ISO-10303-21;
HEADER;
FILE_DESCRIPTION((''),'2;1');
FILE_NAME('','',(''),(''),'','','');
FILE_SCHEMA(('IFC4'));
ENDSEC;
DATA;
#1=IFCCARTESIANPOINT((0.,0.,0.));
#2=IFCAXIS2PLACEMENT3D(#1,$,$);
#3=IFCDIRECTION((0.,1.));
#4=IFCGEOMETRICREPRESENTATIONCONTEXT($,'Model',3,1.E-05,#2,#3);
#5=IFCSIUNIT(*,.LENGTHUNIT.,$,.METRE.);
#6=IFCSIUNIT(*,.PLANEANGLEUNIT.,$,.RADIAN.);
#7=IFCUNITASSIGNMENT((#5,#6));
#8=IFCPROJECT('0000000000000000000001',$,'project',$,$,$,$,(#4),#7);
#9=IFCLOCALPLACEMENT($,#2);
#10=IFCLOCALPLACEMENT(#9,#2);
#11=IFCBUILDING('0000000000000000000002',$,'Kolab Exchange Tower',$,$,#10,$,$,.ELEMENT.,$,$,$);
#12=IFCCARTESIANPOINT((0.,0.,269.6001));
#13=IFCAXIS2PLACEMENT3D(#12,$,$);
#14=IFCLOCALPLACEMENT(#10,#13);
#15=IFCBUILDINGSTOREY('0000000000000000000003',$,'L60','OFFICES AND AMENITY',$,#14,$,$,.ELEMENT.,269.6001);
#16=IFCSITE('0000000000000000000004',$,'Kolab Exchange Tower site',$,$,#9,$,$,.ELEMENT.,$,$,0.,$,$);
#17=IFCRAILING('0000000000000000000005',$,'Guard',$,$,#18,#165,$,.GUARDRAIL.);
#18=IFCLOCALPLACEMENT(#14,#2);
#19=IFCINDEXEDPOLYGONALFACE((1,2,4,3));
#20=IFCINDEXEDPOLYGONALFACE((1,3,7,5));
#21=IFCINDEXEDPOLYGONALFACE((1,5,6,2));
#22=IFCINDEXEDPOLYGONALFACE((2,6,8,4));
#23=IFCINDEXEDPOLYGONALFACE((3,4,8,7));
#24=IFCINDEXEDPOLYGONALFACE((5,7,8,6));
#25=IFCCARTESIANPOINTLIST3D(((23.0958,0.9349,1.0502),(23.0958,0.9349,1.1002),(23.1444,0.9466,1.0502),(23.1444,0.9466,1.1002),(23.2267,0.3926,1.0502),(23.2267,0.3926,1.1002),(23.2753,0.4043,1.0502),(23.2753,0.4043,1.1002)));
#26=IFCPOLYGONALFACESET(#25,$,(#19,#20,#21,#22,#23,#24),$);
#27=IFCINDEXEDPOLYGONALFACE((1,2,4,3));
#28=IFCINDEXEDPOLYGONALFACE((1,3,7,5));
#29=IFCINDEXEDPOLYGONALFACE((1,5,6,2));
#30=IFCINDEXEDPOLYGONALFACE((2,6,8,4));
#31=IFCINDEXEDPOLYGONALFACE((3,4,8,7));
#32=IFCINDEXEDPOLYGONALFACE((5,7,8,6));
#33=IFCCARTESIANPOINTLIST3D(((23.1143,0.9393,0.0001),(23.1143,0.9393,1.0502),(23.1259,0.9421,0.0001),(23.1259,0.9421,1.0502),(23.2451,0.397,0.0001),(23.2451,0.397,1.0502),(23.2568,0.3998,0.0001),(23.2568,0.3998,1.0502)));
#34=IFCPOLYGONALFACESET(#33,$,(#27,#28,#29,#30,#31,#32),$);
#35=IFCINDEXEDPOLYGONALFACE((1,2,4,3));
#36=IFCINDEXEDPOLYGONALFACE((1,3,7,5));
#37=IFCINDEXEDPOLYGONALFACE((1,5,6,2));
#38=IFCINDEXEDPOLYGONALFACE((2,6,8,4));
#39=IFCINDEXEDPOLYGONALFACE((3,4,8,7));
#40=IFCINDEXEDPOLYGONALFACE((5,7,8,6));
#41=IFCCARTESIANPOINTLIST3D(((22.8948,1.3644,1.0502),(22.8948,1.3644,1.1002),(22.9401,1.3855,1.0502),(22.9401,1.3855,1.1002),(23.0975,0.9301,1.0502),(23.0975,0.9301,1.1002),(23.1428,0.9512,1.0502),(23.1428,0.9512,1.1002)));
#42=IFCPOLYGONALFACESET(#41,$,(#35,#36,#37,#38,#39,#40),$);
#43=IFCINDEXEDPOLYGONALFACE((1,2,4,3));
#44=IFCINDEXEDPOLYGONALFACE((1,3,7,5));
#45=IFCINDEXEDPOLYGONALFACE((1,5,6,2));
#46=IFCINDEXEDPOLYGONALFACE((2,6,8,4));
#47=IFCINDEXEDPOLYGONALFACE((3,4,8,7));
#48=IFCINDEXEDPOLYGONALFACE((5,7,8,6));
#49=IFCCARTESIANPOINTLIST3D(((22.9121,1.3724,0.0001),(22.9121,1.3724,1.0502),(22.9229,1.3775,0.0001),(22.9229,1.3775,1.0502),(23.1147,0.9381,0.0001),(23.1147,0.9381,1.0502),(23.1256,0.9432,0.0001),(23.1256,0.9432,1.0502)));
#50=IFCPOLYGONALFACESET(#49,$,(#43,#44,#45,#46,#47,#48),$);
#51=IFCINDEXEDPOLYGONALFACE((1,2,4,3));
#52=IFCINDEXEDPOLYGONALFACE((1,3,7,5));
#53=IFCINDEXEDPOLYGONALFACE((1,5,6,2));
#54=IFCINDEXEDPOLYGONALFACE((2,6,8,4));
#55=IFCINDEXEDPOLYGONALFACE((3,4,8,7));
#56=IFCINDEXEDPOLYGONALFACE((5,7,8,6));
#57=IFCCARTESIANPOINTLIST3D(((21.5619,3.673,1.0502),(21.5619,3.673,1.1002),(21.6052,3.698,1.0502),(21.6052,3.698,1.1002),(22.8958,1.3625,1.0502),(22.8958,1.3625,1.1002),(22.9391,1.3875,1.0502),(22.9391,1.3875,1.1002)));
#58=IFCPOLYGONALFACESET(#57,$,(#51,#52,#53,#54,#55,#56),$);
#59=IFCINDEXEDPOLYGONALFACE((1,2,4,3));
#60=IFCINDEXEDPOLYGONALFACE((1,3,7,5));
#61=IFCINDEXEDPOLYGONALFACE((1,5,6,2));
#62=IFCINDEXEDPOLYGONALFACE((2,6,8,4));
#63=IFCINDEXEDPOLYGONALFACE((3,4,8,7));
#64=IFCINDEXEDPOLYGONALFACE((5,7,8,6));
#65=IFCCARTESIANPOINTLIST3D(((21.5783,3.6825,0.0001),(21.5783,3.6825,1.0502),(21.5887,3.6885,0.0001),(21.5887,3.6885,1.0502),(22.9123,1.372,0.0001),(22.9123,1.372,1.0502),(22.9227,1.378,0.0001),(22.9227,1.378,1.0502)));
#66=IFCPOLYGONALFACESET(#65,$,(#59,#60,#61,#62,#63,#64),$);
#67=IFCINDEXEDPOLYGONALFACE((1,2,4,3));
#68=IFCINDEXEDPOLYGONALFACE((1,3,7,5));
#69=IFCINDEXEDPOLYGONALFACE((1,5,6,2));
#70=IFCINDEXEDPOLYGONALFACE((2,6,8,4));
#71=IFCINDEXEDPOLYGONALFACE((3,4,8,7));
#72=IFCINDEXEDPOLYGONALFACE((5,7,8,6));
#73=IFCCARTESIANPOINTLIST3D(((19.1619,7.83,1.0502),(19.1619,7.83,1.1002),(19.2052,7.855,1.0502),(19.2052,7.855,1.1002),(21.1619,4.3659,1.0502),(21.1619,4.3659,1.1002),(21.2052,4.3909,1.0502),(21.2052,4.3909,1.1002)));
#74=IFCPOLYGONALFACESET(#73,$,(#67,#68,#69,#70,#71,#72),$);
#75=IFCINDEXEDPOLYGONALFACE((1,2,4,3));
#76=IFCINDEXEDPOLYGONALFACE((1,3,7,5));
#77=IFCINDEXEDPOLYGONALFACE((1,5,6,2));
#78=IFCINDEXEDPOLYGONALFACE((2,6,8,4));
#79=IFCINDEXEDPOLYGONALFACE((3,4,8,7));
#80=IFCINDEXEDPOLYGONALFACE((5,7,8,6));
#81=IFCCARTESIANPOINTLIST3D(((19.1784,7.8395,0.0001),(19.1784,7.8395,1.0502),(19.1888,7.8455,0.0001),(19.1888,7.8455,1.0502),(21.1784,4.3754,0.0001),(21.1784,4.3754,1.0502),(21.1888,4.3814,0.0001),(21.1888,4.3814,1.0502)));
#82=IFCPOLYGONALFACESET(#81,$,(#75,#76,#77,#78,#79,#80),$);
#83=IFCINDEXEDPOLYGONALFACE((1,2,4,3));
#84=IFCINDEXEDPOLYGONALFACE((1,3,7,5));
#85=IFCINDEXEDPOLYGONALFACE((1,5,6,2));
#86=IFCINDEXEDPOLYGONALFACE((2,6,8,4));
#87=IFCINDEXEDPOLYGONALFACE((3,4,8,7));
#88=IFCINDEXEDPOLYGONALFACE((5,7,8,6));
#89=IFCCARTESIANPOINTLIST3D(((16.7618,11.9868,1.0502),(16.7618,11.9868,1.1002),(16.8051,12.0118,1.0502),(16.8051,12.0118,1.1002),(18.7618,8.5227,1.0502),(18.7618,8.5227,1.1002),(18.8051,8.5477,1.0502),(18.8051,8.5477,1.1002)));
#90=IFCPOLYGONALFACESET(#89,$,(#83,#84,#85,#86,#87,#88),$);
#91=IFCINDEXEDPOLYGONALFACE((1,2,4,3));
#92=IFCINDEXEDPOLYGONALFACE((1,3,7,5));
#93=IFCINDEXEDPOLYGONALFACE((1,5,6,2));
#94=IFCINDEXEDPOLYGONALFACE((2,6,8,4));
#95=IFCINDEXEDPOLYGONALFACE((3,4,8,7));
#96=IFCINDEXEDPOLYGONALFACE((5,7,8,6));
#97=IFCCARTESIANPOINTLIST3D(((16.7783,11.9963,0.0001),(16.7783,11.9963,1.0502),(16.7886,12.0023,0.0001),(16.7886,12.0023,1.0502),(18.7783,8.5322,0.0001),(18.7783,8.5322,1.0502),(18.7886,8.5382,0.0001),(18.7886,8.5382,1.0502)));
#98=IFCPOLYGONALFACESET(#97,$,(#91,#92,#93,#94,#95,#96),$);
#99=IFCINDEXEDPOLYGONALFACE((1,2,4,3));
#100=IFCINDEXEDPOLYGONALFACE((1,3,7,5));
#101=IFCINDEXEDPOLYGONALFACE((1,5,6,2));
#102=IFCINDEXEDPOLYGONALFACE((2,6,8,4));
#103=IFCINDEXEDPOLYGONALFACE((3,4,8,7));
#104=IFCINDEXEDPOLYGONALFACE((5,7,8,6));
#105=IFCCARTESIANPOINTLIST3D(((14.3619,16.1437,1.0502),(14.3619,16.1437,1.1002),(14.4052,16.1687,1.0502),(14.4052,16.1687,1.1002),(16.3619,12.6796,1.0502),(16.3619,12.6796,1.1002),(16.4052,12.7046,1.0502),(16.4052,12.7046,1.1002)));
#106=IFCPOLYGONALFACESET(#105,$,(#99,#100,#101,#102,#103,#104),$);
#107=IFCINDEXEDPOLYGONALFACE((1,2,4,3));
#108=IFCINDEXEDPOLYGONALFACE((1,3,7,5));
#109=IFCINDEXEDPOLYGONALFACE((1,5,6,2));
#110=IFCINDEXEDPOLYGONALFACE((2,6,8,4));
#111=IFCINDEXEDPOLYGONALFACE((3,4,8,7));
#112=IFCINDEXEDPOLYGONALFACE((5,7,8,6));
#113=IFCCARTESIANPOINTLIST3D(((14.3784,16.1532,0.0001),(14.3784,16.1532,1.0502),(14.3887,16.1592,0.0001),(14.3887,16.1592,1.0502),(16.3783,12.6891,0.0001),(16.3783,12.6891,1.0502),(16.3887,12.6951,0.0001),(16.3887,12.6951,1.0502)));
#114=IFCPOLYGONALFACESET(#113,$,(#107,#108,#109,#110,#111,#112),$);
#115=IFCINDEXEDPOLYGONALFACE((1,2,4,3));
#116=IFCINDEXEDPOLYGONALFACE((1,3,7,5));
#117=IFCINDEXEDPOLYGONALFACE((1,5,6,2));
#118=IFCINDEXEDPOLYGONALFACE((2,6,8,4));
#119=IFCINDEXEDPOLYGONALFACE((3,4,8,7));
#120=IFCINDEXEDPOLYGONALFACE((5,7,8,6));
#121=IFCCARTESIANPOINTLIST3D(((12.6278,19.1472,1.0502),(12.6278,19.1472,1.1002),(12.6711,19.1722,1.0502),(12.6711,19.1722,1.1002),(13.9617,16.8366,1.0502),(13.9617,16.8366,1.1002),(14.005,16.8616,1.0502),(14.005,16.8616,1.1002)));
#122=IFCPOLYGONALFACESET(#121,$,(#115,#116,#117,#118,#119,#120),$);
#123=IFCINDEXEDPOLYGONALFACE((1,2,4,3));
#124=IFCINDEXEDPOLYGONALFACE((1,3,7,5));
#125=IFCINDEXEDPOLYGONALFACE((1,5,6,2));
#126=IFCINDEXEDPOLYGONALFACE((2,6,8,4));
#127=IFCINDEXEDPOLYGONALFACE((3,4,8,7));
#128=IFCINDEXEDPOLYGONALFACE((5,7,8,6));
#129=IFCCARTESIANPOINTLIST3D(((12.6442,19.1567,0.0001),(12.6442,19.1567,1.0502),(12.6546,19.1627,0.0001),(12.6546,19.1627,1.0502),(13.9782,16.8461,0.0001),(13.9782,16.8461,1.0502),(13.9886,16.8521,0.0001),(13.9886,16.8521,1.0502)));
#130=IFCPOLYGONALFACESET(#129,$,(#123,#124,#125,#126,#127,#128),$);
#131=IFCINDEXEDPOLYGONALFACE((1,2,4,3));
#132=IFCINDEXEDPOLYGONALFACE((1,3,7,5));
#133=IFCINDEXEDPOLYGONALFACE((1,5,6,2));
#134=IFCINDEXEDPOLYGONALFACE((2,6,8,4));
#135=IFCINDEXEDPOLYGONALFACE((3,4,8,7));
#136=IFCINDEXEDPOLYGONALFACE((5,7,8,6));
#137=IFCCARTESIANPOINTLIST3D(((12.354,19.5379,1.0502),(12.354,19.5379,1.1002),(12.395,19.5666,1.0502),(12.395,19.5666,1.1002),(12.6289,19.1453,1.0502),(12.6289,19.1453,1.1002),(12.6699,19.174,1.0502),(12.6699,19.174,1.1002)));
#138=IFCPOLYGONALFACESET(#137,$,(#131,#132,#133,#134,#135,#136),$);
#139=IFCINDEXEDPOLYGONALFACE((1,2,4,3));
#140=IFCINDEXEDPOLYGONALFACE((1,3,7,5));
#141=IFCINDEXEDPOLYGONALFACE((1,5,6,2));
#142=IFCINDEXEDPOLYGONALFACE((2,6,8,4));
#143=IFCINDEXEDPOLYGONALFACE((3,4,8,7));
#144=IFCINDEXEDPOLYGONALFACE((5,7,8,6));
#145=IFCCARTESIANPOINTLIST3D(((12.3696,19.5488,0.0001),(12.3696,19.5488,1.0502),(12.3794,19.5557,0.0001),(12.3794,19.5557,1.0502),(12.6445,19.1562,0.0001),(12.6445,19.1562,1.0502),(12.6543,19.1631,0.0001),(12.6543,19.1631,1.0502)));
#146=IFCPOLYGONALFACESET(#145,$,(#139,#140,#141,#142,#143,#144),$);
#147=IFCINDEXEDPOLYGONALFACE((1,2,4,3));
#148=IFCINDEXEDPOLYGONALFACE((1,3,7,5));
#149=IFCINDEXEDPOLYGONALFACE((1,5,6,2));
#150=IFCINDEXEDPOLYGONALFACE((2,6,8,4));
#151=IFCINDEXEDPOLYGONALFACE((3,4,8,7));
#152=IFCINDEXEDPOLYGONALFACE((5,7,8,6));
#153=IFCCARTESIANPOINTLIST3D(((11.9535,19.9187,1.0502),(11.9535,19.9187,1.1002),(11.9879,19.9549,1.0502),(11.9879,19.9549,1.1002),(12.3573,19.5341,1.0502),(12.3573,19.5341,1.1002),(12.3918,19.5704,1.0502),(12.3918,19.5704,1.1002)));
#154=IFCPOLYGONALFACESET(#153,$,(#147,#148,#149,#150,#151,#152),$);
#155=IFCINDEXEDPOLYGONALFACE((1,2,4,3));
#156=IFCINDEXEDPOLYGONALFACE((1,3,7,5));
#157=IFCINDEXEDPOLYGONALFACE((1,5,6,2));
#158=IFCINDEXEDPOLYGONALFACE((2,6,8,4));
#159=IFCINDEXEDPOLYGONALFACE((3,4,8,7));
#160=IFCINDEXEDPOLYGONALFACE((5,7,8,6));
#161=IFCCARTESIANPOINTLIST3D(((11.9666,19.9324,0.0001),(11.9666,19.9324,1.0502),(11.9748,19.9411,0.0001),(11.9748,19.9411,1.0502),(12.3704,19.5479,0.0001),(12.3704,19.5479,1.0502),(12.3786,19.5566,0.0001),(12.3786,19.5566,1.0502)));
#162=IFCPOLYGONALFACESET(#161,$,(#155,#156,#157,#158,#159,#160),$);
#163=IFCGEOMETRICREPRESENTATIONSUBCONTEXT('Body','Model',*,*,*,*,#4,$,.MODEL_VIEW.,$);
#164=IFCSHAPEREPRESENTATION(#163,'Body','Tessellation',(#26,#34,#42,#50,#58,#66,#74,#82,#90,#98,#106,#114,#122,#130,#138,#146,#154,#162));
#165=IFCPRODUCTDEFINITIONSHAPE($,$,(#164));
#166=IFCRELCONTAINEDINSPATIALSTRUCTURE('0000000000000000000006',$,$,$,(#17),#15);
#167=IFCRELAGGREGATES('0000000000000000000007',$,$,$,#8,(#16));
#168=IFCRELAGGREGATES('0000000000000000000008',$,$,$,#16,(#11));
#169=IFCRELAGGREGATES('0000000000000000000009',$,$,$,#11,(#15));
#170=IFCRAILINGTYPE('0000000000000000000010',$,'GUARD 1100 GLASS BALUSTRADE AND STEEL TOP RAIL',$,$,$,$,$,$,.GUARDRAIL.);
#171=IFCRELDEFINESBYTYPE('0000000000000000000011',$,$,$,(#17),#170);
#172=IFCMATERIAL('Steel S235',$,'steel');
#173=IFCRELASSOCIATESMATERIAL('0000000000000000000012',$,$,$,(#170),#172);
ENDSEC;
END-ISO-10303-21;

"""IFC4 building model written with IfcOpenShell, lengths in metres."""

from ifc_helpers import new_model, si_unit, direction, frame, frame_2d, origin, origin_2d, place, context, subcontext, project, spatial, rectangle, extrude, material, type_object, element, save


model = new_model("IFC4")

# Units and contexts
model_context = context("Model", 3, precision=1e-05, world=origin(), true_north=direction((0.0, 1.0)))
body_context = subcontext(model_context, "Body", "Model", "MODEL_VIEW")
ifc_project = project(units=[si_unit("LENGTHUNIT", "METRE"), si_unit("PLANEANGLEUNIT", "RADIAN")], contexts=[model_context])

# Site, building, storey
site_placement = place(None, origin())
site = spatial("IfcSite", under=ifc_project, at=site_placement, Name="Kolab Exchange Tower site", CompositionType="ELEMENT", RefElevation=0.0)
building_placement = place(site_placement, origin())
building = spatial("IfcBuilding", under=site, at=building_placement, Name="Kolab Exchange Tower", CompositionType="ELEMENT")
storey_placement = place(building_placement, frame((0.0, 0.0, 269.6001)))
storey = spatial("IfcBuildingStorey", under=building, at=storey_placement, Name="L60", Description="OFFICES AND AMENITY", CompositionType="ELEMENT", Elevation=269.6001)

# Railing
ifc_material_1 = material(Name="Steel S235", Category="steel")
railing_type = type_object("IfcRailingType", Name="GUARD 1100 GLASS BALUSTRADE AND STEEL TOP RAIL", PredefinedType="GUARDRAIL", material=ifc_material_1)
railing_placement = place(storey_placement, frame((23.251, 0.3984, 0.0)))
element("IfcRailing", 1, at=railing_placement, inside=storey, type_object=railing_type, Name="Guard", PredefinedType="GUARDRAIL", context=body_context, shape_type="SweptSolid", body=[
    extrude(rectangle(XDim=0.05, YDim=0.05, at=origin_2d()), frame((0.0, 0.0, 1.0752), z_axis=(-0.234598, 0.972093, 0.0), x_axis=(-0.972093, -0.234598, 0.0)), (0.0, 0.0, 1.0), 0.5579),
    extrude(rectangle(XDim=0.012, YDim=1.0501, at=frame_2d((0.0, 0.5251))), frame((0.0, 0.0, 0.0), z_axis=(-0.234598, 0.972093, 0.0), x_axis=(-0.972093, -0.234598, 0.0)), (0.0, 0.0, 1.0), 0.5579),
    extrude(rectangle(XDim=0.05, YDim=0.05, at=origin_2d()), frame((-0.1309, 0.5422, 1.0752), z_axis=(-0.422802, 0.906222, 0.0), x_axis=(-0.906222, -0.422802, 0.0)), (0.0, 0.0, 1.0), 0.4792),
    extrude(rectangle(XDim=0.012, YDim=1.0501, at=frame_2d((0.0, 0.5251))), frame((-0.1309, 0.5422, 0.0), z_axis=(-0.422802, 0.906222, 0.0), x_axis=(-0.906222, -0.422802, 0.0)), (0.0, 0.0, 1.0), 0.4792),
    extrude(rectangle(XDim=0.05, YDim=0.05, at=origin_2d()), frame((-0.3335, 0.9766, 1.0752), z_axis=(-0.499997, 0.866027, 0.0), x_axis=(-0.866027, -0.499997, 0.0)), (0.0, 0.0, 1.0), 2.668),
    extrude(rectangle(XDim=0.012, YDim=1.0501, at=frame_2d((0.0, 0.5251))), frame((-0.3335, 0.9766, 0.0), z_axis=(-0.499997, 0.866027, 0.0), x_axis=(-0.866027, -0.499997, 0.0)), (0.0, 0.0, 1.0), 2.668),
    extrude(rectangle(XDim=0.05, YDim=0.05, at=origin_2d()), frame((-2.0674, 3.98, 1.0752), z_axis=(-0.499999, 0.866026, 0.0), x_axis=(-0.866026, -0.499999, 0.0)), (0.0, 0.0, 1.0), 4.0),
    extrude(rectangle(XDim=0.012, YDim=1.0501, at=frame_2d((0.0, 0.5251))), frame((-2.0674, 3.98, 0.0), z_axis=(-0.499999, 0.866026, 0.0), x_axis=(-0.866026, -0.499999, 0.0)), (0.0, 0.0, 1.0), 4.0),
    extrude(rectangle(XDim=0.05, YDim=0.05, at=origin_2d()), frame((-4.4675, 8.1367, 1.0752), z_axis=(-0.499999, 0.866026, 0.0), x_axis=(-0.866026, -0.499999, 0.0)), (0.0, 0.0, 1.0), 4.0),
    extrude(rectangle(XDim=0.012, YDim=1.0501, at=frame_2d((0.0, 0.5251))), frame((-4.4675, 8.1367, 0.0), z_axis=(-0.499999, 0.866026, 0.0), x_axis=(-0.866026, -0.499999, 0.0)), (0.0, 0.0, 1.0), 4.0),
    extrude(rectangle(XDim=0.05, YDim=0.05, at=origin_2d()), frame((-6.8674, 12.2937, 1.0752), z_axis=(-0.499999, 0.866026, 0.0), x_axis=(-0.866026, -0.499999, 0.0)), (0.0, 0.0, 1.0), 4.0),
    extrude(rectangle(XDim=0.012, YDim=1.0501, at=frame_2d((0.0, 0.5251))), frame((-6.8674, 12.2937, 0.0), z_axis=(-0.499999, 0.866026, 0.0), x_axis=(-0.866026, -0.499999, 0.0)), (0.0, 0.0, 1.0), 4.0),
    extrude(rectangle(XDim=0.05, YDim=0.05, at=origin_2d()), frame((-9.2676, 16.4507, 1.0752), z_axis=(-0.499997, 0.866027, 0.0), x_axis=(-0.866027, -0.499997, 0.0)), (0.0, 0.0, 1.0), 2.668),
    extrude(rectangle(XDim=0.012, YDim=1.0501, at=frame_2d((0.0, 0.5251))), frame((-9.2676, 16.4507, 0.0), z_axis=(-0.499997, 0.866027, 0.0), x_axis=(-0.866027, -0.499997, 0.0)), (0.0, 0.0, 1.0), 2.668),
    extrude(rectangle(XDim=0.05, YDim=0.05, at=origin_2d()), frame((-10.6016, 18.7612, 1.0752), z_axis=(-0.573599, 0.819136, 0.0), x_axis=(-0.819136, -0.573599, 0.0)), (0.0, 0.0, 1.0), 0.4792),
    extrude(rectangle(XDim=0.012, YDim=1.0501, at=frame_2d((0.0, 0.5251))), frame((-10.6016, 18.7612, 0.0), z_axis=(-0.573599, 0.819136, 0.0), x_axis=(-0.819136, -0.573599, 0.0)), (0.0, 0.0, 1.0), 0.4792),
    extrude(rectangle(XDim=0.05, YDim=0.05, at=origin_2d()), frame((-10.8765, 19.1538, 1.0752), z_axis=(-0.72419, 0.689601, 0.0), x_axis=(-0.689601, -0.72419, 0.0)), (0.0, 0.0, 1.0), 0.5576),
    extrude(rectangle(XDim=0.012, YDim=1.0501, at=frame_2d((0.0, 0.5251))), frame((-10.8765, 19.1538, 0.0), z_axis=(-0.72419, 0.689601, 0.0), x_axis=(-0.689601, -0.72419, 0.0)), (0.0, 0.0, 1.0), 0.5576),
])

save(model, "model.ifc")
